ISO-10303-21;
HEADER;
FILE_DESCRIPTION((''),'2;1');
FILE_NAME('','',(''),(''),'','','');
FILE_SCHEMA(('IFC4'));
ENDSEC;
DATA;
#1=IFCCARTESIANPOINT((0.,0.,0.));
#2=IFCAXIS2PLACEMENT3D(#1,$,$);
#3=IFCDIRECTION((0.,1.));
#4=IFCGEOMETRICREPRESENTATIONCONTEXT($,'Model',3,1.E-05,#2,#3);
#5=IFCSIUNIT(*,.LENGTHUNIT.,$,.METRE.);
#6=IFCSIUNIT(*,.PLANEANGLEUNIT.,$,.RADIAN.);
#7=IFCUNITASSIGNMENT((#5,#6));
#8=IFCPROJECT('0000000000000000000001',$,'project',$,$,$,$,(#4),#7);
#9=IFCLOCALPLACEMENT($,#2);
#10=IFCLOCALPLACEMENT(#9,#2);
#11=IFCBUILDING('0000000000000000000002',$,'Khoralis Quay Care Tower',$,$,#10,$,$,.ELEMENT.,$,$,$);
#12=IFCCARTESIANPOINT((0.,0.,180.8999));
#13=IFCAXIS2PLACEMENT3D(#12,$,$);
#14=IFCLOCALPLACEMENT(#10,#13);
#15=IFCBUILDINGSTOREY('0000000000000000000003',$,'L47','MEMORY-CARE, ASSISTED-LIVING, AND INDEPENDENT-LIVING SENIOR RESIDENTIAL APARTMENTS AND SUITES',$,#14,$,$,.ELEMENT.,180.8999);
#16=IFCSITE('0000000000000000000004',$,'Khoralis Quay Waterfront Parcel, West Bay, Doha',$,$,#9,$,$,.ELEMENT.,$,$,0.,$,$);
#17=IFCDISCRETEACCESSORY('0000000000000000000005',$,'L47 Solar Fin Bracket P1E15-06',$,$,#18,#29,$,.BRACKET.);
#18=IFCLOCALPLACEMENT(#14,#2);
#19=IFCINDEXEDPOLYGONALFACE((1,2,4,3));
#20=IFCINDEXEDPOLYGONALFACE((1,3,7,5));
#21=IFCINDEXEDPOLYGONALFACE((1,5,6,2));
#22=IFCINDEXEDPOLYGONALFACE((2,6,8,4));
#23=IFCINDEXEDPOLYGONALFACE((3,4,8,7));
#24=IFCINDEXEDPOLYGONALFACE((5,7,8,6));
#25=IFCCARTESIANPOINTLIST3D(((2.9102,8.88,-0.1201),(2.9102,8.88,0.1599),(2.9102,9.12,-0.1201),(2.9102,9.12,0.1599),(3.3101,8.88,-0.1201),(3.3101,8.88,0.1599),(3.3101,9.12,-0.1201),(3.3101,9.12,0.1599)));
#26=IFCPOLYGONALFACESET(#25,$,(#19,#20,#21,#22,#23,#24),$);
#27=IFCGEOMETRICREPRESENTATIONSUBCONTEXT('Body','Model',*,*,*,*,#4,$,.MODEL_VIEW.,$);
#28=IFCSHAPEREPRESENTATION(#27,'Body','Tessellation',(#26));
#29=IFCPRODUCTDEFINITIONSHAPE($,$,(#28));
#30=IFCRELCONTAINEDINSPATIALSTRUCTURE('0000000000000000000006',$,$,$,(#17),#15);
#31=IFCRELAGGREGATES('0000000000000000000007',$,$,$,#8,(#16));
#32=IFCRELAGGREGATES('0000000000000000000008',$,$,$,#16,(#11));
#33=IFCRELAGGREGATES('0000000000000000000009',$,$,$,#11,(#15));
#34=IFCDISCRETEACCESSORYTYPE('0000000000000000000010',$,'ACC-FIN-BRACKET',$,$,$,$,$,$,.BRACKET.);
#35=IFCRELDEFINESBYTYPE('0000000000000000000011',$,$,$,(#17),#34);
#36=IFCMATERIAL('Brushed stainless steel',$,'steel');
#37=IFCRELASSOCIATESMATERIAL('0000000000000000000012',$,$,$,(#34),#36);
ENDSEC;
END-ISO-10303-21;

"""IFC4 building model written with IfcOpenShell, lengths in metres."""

from ifc_helpers import new_model, si_unit, direction, frame, origin, origin_2d, place, context, subcontext, project, spatial, rectangle, extrude, source, transform, mapped, material, type_object, element, save


model = new_model("IFC4")

# Units and contexts
model_context = context("Model", 3, precision=1e-05, world=origin(), true_north=direction((0.0, 1.0)))
body_context = subcontext(model_context, "Body", "Model", "MODEL_VIEW")
ifc_project = project(units=[si_unit("LENGTHUNIT", "METRE"), si_unit("PLANEANGLEUNIT", "RADIAN")], contexts=[model_context])

# Site, building, storey
site_placement = place(None, origin())
site = spatial("IfcSite", under=ifc_project, at=site_placement, Name="Khoralis Quay Waterfront Parcel, West Bay, Doha", CompositionType="ELEMENT", RefElevation=0.0)
building_placement = place(site_placement, origin())
building = spatial("IfcBuilding", under=site, at=building_placement, Name="Khoralis Quay Care Tower", CompositionType="ELEMENT")
storey_placement = place(building_placement, frame((0.0, 0.0, 180.8999)))
storey = spatial("IfcBuildingStorey", under=building, at=storey_placement, Name="L47", Description="MEMORY-CARE, ASSISTED-LIVING, AND INDEPENDENT-LIVING SENIOR RESIDENTIAL APARTMENTS AND SUITES", CompositionType="ELEMENT", Elevation=180.8999)

# Discrete accessory
ifc_material_1 = material(Name="Brushed stainless steel", Category="steel")
discrete_accessory_type = type_object("IfcDiscreteAccessoryType", Name="ACC-FIN-BRACKET", PredefinedType="BRACKET", material=ifc_material_1)
shared_shape_1 = source(origin(), body_context, "Body", "SweptSolid", [
    extrude(rectangle(XDim=0.3999, YDim=0.24, at=origin_2d()), origin(), (0.0, 0.0, 1.0), 0.28),
])
discrete_accessory_placement = place(storey_placement, frame((3.1101, 9.0, -0.1201), z_axis=(0.0, 0.0, 1.0), x_axis=(-1.0, 0.0, 0.0)))
element("IfcDiscreteAccessory", 1, at=discrete_accessory_placement, inside=storey, type_object=discrete_accessory_type, Name="L47 Solar Fin Bracket P1E15-06", PredefinedType="BRACKET", context=body_context, shape_type="MappedRepresentation", body=[
    mapped(shared_shape_1, transform((0.0, 0.0, 0.0), scale=1.0)),
])

save(model, "model.ifc")
